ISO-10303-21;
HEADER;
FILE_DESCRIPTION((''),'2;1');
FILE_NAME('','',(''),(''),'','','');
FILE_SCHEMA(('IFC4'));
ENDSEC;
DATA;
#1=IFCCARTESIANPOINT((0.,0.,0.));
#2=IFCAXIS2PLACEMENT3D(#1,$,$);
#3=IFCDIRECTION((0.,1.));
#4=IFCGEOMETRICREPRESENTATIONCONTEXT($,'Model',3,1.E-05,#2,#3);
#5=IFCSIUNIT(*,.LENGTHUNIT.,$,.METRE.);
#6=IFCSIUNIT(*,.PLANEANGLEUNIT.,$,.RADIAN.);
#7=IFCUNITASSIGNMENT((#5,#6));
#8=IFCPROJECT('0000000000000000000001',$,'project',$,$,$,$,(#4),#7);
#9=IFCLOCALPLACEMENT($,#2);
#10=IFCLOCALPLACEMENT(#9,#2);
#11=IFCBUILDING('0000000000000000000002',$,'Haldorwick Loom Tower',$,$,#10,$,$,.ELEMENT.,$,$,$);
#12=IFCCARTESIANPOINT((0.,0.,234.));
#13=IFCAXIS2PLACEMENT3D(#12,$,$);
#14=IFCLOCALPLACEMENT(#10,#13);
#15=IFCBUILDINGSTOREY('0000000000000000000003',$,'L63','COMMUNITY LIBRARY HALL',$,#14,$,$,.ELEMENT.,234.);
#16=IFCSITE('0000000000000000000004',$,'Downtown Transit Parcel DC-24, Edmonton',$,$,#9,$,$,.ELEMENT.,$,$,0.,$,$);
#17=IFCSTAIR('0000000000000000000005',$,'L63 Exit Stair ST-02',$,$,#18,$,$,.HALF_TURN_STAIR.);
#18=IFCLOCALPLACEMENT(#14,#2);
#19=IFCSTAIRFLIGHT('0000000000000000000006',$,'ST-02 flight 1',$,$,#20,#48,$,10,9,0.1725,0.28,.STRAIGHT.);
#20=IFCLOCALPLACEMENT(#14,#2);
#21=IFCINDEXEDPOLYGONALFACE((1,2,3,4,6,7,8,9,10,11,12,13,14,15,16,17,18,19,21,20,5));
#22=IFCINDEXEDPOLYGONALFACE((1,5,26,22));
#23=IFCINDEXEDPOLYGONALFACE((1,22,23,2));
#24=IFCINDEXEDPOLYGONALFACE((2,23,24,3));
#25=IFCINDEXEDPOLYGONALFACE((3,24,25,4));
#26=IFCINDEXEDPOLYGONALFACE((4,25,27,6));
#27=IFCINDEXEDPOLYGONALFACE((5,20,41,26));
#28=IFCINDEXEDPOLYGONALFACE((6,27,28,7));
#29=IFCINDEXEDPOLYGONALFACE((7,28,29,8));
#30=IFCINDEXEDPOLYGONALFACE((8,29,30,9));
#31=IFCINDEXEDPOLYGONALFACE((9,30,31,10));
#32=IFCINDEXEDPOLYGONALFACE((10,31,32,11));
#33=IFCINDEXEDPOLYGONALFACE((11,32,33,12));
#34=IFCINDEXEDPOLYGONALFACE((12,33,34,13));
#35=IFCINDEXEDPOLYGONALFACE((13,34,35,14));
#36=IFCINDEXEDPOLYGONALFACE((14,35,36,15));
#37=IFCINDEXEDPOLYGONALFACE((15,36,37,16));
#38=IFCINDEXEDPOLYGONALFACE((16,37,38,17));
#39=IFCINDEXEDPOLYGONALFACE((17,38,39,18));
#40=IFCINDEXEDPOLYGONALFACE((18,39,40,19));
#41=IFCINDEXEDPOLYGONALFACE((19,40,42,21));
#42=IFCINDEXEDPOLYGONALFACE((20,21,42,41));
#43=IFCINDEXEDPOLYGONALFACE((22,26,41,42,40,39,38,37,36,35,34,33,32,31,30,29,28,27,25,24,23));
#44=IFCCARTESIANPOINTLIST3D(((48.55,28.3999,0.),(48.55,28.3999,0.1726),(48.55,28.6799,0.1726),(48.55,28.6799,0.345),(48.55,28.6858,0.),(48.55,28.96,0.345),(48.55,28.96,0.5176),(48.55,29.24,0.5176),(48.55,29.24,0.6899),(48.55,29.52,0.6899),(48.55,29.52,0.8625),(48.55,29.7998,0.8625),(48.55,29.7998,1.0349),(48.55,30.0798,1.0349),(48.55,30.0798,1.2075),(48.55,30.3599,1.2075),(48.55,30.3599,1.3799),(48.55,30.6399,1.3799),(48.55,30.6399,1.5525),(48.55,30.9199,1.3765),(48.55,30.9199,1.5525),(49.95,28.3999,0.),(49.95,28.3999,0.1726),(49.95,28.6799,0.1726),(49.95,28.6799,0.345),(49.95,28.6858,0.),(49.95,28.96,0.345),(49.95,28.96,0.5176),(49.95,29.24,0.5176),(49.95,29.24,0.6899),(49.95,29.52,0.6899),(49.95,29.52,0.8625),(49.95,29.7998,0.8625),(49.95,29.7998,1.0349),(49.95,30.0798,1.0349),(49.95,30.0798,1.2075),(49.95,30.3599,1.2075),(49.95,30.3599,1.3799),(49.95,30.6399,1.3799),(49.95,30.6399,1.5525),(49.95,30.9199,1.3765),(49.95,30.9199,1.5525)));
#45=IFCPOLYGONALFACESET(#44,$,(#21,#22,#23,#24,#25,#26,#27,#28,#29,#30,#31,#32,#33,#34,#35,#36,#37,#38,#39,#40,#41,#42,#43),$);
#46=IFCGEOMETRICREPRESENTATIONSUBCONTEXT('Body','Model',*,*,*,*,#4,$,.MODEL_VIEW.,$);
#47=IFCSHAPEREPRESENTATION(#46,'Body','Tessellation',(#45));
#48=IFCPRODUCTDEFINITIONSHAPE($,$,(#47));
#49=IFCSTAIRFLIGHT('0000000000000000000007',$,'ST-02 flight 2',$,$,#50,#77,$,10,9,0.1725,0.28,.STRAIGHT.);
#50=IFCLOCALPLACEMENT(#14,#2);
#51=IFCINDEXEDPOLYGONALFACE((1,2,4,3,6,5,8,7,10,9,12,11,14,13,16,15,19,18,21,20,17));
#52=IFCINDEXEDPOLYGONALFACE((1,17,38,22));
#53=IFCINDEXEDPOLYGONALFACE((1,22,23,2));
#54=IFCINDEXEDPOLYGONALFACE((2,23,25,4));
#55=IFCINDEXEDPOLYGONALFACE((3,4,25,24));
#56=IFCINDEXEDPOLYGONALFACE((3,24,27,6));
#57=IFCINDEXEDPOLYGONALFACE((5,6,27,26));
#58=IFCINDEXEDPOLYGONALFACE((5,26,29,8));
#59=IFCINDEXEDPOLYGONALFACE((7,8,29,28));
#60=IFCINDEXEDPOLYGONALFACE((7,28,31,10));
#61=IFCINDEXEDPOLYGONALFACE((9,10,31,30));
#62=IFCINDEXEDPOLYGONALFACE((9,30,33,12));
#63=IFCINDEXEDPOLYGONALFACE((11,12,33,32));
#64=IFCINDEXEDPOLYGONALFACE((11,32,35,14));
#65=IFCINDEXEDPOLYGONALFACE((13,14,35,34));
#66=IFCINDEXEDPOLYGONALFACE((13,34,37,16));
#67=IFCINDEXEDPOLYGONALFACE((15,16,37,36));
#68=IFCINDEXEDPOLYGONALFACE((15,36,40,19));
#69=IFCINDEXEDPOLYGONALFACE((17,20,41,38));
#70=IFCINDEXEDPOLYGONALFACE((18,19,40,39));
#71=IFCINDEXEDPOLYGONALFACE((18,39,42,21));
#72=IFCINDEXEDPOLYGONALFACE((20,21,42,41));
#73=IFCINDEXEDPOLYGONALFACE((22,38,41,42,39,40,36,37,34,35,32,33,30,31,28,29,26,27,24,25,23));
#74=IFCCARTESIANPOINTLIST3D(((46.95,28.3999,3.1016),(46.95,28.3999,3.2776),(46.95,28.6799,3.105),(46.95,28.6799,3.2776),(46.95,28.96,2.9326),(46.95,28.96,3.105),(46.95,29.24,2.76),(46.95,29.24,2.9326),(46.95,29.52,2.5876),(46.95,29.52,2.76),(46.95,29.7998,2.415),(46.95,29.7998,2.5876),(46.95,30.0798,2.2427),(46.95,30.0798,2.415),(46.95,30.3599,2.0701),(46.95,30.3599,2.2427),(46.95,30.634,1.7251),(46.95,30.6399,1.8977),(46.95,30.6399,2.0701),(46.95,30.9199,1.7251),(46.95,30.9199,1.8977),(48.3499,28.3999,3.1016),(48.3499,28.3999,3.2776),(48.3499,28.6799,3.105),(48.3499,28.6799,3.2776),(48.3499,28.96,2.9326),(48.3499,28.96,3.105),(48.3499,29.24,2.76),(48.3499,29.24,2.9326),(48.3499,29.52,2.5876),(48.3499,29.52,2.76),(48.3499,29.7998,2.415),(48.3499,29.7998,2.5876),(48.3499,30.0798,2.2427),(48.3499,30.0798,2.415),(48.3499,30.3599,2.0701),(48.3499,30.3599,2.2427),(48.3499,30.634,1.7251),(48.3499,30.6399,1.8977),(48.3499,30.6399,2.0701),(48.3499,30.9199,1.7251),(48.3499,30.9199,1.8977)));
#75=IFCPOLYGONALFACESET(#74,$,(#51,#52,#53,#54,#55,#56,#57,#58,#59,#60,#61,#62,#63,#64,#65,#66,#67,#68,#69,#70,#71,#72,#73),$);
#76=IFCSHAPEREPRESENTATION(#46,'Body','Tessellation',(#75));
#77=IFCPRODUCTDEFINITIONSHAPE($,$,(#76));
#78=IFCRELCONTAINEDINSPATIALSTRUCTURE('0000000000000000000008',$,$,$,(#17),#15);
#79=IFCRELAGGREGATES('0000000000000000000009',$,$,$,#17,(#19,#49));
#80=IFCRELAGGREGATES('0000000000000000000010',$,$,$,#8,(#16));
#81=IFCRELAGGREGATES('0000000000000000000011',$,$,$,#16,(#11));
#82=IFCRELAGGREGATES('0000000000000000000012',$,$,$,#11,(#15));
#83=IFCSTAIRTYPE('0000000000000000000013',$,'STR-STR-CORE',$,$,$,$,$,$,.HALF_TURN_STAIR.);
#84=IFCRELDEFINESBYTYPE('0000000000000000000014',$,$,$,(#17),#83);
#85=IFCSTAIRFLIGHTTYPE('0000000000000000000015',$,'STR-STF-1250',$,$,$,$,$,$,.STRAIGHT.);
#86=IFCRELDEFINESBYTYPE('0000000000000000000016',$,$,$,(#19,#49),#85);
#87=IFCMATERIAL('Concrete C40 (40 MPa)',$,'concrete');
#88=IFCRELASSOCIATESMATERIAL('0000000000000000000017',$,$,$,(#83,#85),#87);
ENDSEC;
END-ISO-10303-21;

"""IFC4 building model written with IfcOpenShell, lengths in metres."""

from ifc_helpers import new_model, si_unit, direction, frame, origin, place, context, subcontext, project, spatial, polyline, outline, extrude, material, type_object, element, aggregate, save


model = new_model("IFC4")

# Units and contexts
model_context = context("Model", 3, precision=1e-05, world=origin(), true_north=direction((0.0, 1.0)))
body_context = subcontext(model_context, "Body", "Model", "MODEL_VIEW")
ifc_project = project(units=[si_unit("LENGTHUNIT", "METRE"), si_unit("PLANEANGLEUNIT", "RADIAN")], contexts=[model_context])

# Site, building, storey
site_placement = place(None, origin())
site = spatial("IfcSite", under=ifc_project, at=site_placement, Name="Downtown Transit Parcel DC-24, Edmonton", CompositionType="ELEMENT", RefElevation=0.0)
building_placement = place(site_placement, origin())
building = spatial("IfcBuilding", under=site, at=building_placement, Name="Haldorwick Loom Tower", CompositionType="ELEMENT")
storey_placement = place(building_placement, frame((0.0, 0.0, 234.0)))
storey = spatial("IfcBuildingStorey", under=building, at=storey_placement, Name="L63", Description="COMMUNITY LIBRARY HALL", CompositionType="ELEMENT", Elevation=234.0)

# Stair, stair flights
ifc_material_1 = material(Name="Concrete C40 (40 MPa)", Category="concrete")
stair_type = type_object("IfcStairType", Name="STR-STR-CORE", PredefinedType="HALF_TURN_STAIR", material=ifc_material_1)
stair_placement = place(storey_placement, origin())
stair = element("IfcStair", 1, at=stair_placement, inside=storey, type_object=stair_type, Name="L63 Exit Stair ST-02", PredefinedType="HALF_TURN_STAIR")
stair_flight_type = type_object("IfcStairFlightType", Name="STR-STF-1250", PredefinedType="STRAIGHT", material=ifc_material_1)
stair_flight_1_placement = place(storey_placement, frame((49.25, 28.3999, 0.0), z_axis=(0.0, 0.0, 1.0), x_axis=(0.0, 1.0, 0.0)))
stair_flight_1 = element("IfcStairFlight", 2, at=stair_flight_1_placement, type_object=stair_flight_type, Name="ST-02 flight 1", NumberOfRisers=10, NumberOfTreads=9, PredefinedType="STRAIGHT", RiserHeight=0.1725, TreadLength=0.28, context=body_context, shape_type="SweptSolid", body=[
    extrude(outline(polyline([(0.0, 0.0), (0.0, 0.1726), (0.28, 0.1726), (0.28, 0.345), (0.5601, 0.345), (0.5601, 0.5176), (0.8401, 0.5176), (0.8401, 0.6899), (1.1201, 0.6899), (1.1201, 0.8625), (1.3999, 0.8625), (1.3999, 1.0349), (1.6799, 1.0349), (1.6799, 1.2075), (1.96, 1.2075), (1.96, 1.3799), (2.24, 1.3799), (2.24, 1.5525), (2.52, 1.5525), (2.52, 1.7251), (2.52, 1.3765), (0.2859, 0.0), (0.0, 0.0)])), frame((0.0, 0.7, 0.0), z_axis=(0.0, -1.0, 0.0), x_axis=(1.0, 0.0, 0.0)), (0.0, 0.0, 1.0), 1.3999),
])
stair_flight_2_placement = place(storey_placement, frame((47.6499, 30.9199, 1.7251), z_axis=(0.0, 0.0, 1.0), x_axis=(0.0, -1.0, 0.0)))
stair_flight_2 = element("IfcStairFlight", 3, at=stair_flight_2_placement, type_object=stair_flight_type, Name="ST-02 flight 2", NumberOfRisers=10, NumberOfTreads=9, PredefinedType="STRAIGHT", RiserHeight=0.1725, TreadLength=0.28, context=body_context, shape_type="SweptSolid", body=[
    extrude(outline(polyline([(0.0, 0.0), (0.0, 0.1726), (0.28, 0.1726), (0.28, 0.345), (0.5601, 0.345), (0.5601, 0.5176), (0.8401, 0.5176), (0.8401, 0.6899), (1.1201, 0.6899), (1.1201, 0.8625), (1.3999, 0.8625), (1.3999, 1.0349), (1.6799, 1.0349), (1.6799, 1.2075), (1.96, 1.2075), (1.96, 1.3799), (2.24, 1.3799), (2.24, 1.5525), (2.52, 1.5525), (2.52, 1.7251), (2.52, 1.3765), (0.2859, 0.0), (0.0, 0.0)])), frame((0.0, 0.7, 0.0), z_axis=(0.0, -1.0, 0.0), x_axis=(1.0, 0.0, 0.0)), (0.0, 0.0, 1.0), 1.3999),
])
aggregate(stair, [stair_flight_1, stair_flight_2])

save(model, "model.ifc")
